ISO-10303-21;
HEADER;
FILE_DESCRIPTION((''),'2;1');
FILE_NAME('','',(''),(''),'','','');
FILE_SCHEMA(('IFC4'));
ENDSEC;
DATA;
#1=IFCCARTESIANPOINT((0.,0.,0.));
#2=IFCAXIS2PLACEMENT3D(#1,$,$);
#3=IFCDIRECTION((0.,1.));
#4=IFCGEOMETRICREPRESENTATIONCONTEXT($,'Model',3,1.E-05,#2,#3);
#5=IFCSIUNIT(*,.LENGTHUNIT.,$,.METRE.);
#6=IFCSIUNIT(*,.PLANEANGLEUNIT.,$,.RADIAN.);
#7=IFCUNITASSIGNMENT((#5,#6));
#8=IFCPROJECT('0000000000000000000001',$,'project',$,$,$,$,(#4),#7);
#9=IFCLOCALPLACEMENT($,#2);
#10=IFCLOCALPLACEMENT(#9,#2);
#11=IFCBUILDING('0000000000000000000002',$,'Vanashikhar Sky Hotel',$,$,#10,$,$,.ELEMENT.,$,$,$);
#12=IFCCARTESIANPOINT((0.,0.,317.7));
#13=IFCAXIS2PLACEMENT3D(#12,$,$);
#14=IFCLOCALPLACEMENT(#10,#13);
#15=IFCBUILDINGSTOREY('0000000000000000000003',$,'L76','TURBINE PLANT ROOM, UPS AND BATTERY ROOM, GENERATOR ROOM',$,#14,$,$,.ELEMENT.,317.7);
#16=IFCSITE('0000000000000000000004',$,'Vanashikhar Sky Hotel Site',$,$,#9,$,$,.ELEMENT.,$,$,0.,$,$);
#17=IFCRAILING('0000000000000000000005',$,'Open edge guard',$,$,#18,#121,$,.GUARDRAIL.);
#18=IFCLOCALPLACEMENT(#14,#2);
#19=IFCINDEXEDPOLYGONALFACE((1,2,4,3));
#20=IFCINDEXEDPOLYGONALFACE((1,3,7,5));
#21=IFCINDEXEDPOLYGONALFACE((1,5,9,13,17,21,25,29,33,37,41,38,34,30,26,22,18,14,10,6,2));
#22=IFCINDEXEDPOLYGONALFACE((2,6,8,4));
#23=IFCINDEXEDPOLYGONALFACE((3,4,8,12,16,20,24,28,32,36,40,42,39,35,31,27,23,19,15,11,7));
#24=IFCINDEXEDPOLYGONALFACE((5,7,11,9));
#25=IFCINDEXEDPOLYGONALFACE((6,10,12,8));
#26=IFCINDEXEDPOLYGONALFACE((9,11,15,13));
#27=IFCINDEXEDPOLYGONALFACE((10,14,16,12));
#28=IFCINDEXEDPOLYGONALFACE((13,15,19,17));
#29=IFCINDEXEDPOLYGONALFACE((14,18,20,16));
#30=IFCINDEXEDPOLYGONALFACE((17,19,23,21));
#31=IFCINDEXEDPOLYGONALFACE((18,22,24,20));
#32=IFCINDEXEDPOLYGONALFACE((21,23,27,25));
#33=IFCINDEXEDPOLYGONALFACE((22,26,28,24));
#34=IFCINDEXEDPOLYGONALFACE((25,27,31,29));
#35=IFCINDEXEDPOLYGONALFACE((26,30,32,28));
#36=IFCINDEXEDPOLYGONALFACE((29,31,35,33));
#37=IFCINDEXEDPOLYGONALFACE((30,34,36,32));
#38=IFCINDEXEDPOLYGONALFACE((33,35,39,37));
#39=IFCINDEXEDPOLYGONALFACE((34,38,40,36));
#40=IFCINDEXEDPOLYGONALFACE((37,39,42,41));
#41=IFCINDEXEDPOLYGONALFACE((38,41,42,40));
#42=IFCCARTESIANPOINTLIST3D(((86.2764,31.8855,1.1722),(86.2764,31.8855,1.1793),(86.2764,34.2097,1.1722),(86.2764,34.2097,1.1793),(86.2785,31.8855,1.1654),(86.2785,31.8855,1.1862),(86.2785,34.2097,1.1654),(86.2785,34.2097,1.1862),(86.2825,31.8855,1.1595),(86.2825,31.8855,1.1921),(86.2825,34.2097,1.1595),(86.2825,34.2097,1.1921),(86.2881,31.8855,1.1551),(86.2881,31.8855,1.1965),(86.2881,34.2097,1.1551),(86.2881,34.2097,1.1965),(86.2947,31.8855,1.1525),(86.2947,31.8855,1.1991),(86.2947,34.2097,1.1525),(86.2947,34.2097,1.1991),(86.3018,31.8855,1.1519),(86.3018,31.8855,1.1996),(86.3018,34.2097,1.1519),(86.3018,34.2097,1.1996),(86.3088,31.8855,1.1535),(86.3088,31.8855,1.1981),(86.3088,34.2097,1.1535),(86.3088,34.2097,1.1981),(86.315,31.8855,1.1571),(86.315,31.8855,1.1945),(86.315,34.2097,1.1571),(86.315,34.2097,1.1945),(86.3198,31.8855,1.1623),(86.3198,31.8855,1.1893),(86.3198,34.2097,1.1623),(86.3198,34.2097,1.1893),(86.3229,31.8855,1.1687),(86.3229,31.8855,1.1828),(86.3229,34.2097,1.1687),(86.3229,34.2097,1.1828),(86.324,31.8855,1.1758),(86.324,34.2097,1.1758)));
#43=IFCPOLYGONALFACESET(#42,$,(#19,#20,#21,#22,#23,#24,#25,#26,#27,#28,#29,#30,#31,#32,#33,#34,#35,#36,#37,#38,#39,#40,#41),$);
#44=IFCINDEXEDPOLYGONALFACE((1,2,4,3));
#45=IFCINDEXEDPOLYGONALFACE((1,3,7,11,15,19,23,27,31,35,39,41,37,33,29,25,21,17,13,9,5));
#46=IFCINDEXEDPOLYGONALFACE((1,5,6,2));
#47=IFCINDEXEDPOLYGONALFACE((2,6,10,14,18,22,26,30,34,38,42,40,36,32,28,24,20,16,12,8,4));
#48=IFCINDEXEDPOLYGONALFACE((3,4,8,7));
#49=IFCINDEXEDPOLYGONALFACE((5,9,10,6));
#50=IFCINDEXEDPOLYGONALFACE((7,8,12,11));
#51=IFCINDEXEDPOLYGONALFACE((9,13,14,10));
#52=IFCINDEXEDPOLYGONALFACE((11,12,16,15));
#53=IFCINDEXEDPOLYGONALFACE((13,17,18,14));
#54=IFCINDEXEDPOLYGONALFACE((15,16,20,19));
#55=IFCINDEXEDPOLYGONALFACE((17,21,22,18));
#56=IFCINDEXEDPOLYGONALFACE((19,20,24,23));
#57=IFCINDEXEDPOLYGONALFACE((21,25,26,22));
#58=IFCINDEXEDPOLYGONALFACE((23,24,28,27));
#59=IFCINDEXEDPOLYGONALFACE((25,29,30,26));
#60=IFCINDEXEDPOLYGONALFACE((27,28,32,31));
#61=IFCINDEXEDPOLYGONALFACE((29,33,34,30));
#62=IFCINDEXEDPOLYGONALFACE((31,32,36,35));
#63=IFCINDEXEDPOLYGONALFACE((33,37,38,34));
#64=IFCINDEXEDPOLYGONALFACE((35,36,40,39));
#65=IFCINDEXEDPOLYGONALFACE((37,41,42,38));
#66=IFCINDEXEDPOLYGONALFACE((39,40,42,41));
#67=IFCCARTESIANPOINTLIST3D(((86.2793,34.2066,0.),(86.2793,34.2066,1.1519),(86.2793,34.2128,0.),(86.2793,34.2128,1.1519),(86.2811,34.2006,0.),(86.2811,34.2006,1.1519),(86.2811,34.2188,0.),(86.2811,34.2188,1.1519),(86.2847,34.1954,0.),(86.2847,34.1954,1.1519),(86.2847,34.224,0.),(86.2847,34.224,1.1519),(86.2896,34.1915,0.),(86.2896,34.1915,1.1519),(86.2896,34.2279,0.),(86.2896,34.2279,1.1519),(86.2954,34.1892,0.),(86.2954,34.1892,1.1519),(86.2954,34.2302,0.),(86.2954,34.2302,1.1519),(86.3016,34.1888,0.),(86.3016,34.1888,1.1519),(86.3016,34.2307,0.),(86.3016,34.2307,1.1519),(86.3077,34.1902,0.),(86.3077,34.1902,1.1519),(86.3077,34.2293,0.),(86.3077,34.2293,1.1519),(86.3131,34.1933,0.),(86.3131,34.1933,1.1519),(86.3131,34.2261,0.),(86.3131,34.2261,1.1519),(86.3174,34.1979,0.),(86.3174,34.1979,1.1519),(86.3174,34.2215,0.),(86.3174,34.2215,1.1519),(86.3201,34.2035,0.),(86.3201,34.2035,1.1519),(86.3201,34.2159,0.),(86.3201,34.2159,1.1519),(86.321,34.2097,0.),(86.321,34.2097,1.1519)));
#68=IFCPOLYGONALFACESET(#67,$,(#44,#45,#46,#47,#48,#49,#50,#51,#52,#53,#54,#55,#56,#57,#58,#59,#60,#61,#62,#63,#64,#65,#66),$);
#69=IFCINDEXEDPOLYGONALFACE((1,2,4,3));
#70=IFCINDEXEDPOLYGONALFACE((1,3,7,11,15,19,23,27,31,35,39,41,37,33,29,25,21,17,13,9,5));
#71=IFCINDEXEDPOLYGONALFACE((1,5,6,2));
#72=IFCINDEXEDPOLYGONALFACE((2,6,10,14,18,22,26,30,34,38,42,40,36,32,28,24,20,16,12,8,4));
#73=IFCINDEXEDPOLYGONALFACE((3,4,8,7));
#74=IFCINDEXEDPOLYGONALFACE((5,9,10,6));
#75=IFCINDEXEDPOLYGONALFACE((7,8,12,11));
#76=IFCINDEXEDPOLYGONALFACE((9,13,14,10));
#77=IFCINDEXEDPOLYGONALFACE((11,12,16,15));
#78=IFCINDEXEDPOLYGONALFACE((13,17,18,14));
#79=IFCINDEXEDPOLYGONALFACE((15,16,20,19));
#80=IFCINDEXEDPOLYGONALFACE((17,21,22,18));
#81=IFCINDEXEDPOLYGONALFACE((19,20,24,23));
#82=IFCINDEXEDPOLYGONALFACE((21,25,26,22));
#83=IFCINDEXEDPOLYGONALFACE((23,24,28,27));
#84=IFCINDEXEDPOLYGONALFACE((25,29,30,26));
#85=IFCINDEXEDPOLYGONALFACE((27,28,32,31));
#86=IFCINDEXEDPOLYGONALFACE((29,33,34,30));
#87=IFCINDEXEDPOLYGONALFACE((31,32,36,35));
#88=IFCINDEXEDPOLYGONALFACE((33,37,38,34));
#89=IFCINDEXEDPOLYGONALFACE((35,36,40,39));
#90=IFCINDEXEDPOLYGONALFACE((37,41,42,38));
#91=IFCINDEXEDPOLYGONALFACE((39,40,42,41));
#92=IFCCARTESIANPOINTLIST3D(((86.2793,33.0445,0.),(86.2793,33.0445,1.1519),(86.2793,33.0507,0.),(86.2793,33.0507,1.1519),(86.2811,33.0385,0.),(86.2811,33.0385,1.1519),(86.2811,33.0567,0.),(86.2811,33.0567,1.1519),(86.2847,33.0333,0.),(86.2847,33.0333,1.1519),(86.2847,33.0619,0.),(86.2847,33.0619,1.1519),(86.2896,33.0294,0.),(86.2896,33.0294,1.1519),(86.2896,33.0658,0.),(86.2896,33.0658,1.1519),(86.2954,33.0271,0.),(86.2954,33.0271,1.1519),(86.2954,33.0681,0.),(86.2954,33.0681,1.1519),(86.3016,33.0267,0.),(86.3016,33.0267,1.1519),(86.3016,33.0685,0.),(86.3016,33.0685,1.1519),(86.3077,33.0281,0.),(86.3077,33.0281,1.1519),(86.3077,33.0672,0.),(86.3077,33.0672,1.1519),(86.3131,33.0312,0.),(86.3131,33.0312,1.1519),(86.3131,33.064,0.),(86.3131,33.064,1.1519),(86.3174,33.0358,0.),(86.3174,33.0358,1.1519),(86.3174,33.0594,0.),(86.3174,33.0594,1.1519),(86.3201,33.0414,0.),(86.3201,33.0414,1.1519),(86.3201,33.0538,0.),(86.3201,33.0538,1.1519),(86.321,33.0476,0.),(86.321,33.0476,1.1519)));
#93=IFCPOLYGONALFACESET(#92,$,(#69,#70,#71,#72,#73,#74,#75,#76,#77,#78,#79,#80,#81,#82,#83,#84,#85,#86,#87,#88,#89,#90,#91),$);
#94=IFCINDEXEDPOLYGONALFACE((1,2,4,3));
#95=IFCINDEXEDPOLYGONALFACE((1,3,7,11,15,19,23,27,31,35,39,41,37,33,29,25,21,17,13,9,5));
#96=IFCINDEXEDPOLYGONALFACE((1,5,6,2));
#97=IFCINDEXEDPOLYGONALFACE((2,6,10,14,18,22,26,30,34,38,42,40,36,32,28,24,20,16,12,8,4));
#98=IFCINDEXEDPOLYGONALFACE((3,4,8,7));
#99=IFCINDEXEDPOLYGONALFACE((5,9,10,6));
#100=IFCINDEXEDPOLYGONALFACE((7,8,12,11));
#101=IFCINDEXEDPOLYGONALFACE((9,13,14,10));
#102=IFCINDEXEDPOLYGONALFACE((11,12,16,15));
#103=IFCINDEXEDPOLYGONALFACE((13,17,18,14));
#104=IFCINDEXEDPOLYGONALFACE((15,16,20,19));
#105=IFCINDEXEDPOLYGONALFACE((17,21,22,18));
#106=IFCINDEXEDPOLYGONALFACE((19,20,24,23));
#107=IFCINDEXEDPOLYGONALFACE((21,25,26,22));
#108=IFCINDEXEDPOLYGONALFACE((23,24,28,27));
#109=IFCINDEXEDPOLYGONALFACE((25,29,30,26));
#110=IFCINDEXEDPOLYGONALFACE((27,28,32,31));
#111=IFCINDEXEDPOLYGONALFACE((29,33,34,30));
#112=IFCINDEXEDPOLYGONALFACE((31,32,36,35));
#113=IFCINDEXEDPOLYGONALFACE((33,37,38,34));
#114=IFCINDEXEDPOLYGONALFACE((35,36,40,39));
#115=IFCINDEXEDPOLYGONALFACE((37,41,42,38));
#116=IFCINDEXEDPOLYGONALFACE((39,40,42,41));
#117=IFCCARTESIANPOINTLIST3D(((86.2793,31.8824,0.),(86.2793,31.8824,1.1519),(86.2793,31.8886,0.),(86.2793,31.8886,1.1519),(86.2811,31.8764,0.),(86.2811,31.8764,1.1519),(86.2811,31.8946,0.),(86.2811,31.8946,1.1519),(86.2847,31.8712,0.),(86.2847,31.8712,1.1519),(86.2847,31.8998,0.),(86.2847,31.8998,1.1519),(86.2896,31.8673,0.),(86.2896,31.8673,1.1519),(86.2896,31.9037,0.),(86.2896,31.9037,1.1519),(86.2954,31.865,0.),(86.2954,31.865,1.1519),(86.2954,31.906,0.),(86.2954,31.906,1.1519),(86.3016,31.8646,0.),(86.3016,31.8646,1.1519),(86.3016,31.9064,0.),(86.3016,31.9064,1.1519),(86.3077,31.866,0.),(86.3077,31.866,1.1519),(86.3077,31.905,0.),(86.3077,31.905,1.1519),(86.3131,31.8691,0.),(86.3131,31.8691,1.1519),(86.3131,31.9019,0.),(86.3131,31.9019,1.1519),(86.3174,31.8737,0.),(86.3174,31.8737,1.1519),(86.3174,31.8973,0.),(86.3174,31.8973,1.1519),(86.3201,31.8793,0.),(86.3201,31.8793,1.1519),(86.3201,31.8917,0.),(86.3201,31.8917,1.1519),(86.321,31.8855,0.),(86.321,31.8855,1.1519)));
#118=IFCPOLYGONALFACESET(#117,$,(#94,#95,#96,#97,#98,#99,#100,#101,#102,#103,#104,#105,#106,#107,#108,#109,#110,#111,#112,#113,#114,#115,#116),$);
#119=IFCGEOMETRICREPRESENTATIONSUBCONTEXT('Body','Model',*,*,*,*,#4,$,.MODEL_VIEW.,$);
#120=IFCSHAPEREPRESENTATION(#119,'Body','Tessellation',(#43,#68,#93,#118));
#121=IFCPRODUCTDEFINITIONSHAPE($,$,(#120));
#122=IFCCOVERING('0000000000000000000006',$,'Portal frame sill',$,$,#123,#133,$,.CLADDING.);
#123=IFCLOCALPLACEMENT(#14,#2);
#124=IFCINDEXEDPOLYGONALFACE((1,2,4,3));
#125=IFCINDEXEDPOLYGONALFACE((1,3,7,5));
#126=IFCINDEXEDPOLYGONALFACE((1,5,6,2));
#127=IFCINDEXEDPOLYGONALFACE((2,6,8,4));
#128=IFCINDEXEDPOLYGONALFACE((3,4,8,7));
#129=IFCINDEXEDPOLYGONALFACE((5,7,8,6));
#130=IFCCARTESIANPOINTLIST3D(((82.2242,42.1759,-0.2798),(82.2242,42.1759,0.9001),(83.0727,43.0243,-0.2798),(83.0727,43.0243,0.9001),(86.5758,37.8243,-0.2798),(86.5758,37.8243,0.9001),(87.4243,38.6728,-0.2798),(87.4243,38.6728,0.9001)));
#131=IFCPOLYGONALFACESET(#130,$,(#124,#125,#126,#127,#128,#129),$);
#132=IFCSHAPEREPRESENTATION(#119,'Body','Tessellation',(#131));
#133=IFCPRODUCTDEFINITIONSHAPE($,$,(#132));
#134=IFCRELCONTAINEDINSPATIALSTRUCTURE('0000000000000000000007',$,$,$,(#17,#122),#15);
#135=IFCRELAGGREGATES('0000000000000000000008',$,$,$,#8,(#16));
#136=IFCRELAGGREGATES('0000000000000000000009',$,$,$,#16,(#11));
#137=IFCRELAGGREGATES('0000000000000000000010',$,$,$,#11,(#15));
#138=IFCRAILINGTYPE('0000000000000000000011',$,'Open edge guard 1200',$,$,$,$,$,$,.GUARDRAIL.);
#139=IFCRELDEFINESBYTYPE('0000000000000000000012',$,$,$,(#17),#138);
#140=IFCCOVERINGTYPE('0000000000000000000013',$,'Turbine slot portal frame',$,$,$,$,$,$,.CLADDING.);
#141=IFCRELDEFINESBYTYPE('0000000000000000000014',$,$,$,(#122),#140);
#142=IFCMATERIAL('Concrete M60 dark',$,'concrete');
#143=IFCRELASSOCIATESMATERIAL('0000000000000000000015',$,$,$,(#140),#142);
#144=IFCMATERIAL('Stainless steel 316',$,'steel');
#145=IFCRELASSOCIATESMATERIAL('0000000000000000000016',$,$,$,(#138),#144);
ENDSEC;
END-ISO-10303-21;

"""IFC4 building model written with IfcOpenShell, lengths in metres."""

from ifc_helpers import new_model, si_unit, direction, frame, origin, origin_2d, place, context, subcontext, project, spatial, rectangle, circle, extrude, source, transform, mapped, material, type_object, element, save


model = new_model("IFC4")

# Units and contexts
model_context = context("Model", 3, precision=1e-05, world=origin(), true_north=direction((0.0, 1.0)))
body_context = subcontext(model_context, "Body", "Model", "MODEL_VIEW")
ifc_project = project(units=[si_unit("LENGTHUNIT", "METRE"), si_unit("PLANEANGLEUNIT", "RADIAN")], contexts=[model_context])

# Site, building, storey
site_placement = place(None, origin())
site = spatial("IfcSite", under=ifc_project, at=site_placement, Name="Vanashikhar Sky Hotel Site", CompositionType="ELEMENT", RefElevation=0.0)
building_placement = place(site_placement, origin())
building = spatial("IfcBuilding", under=site, at=building_placement, Name="Vanashikhar Sky Hotel", CompositionType="ELEMENT")
storey_placement = place(building_placement, frame((0.0, 0.0, 317.7)))
storey = spatial("IfcBuildingStorey", under=building, at=storey_placement, Name="L76", Description="TURBINE PLANT ROOM, UPS AND BATTERY ROOM, GENERATOR ROOM", CompositionType="ELEMENT", Elevation=317.7)

# Shared definitions
ifc_material_1 = material(Name="Concrete M60 dark", Category="concrete")
covering_type = type_object("IfcCoveringType", Name="Turbine slot portal frame", PredefinedType="CLADDING", material=ifc_material_1)

# Railing
ifc_material_2 = material(Name="Stainless steel 316", Category="steel")
railing_type = type_object("IfcRailingType", Name="Open edge guard 1200", PredefinedType="GUARDRAIL", material=ifc_material_2)
shared_shape_1 = source(origin(), body_context, "Body", "SweptSolid", [
    extrude(circle(Radius=0.0239, at=origin_2d()), frame((0.0, 0.0, 1.1758), z_axis=(0.0, -1.0, 0.0), x_axis=(1.0, 0.0, 0.0)), (0.0, 0.0, 1.0), 2.3242),
    extrude(circle(Radius=0.021, at=origin_2d()), origin(), (0.0, 0.0, 1.0), 1.1519),
    extrude(circle(Radius=0.021, at=origin_2d()), frame((0.0, -1.1621, 0.0)), (0.0, 0.0, 1.0), 1.1519),
    extrude(circle(Radius=0.021, at=origin_2d()), frame((0.0, -2.3242, 0.0)), (0.0, 0.0, 1.0), 1.1519),
])
railing_1_placement = place(storey_placement, frame((86.3, 34.2097, 0.0)))
element("IfcRailing", 1, at=railing_1_placement, inside=storey, type_object=railing_type, Name="Open edge guard", PredefinedType="GUARDRAIL", context=body_context, shape_type="MappedRepresentation", body=[
    mapped(shared_shape_1, transform((0.0, 0.0, 0.0), scale=1.0)),
])

# Covering
shared_shape_2 = source(origin(), body_context, "Body", "SweptSolid", [
    extrude(rectangle(XDim=6.1541, YDim=1.2, at=origin_2d()), origin(), (0.0, 0.0, 1.0), 1.1799),
])
covering_1_placement = place(storey_placement, frame((84.8242, 40.4243, -0.2798), z_axis=(0.0, 0.0, 1.0), x_axis=(-0.707107, 0.707107, 0.0)))
element("IfcCovering", 2, at=covering_1_placement, inside=storey, type_object=covering_type, Name="Portal frame sill", PredefinedType="CLADDING", context=body_context, shape_type="MappedRepresentation", body=[
    mapped(shared_shape_2, transform((0.0, 0.0, 0.0), scale=1.0)),
])

save(model, "model.ifc")
